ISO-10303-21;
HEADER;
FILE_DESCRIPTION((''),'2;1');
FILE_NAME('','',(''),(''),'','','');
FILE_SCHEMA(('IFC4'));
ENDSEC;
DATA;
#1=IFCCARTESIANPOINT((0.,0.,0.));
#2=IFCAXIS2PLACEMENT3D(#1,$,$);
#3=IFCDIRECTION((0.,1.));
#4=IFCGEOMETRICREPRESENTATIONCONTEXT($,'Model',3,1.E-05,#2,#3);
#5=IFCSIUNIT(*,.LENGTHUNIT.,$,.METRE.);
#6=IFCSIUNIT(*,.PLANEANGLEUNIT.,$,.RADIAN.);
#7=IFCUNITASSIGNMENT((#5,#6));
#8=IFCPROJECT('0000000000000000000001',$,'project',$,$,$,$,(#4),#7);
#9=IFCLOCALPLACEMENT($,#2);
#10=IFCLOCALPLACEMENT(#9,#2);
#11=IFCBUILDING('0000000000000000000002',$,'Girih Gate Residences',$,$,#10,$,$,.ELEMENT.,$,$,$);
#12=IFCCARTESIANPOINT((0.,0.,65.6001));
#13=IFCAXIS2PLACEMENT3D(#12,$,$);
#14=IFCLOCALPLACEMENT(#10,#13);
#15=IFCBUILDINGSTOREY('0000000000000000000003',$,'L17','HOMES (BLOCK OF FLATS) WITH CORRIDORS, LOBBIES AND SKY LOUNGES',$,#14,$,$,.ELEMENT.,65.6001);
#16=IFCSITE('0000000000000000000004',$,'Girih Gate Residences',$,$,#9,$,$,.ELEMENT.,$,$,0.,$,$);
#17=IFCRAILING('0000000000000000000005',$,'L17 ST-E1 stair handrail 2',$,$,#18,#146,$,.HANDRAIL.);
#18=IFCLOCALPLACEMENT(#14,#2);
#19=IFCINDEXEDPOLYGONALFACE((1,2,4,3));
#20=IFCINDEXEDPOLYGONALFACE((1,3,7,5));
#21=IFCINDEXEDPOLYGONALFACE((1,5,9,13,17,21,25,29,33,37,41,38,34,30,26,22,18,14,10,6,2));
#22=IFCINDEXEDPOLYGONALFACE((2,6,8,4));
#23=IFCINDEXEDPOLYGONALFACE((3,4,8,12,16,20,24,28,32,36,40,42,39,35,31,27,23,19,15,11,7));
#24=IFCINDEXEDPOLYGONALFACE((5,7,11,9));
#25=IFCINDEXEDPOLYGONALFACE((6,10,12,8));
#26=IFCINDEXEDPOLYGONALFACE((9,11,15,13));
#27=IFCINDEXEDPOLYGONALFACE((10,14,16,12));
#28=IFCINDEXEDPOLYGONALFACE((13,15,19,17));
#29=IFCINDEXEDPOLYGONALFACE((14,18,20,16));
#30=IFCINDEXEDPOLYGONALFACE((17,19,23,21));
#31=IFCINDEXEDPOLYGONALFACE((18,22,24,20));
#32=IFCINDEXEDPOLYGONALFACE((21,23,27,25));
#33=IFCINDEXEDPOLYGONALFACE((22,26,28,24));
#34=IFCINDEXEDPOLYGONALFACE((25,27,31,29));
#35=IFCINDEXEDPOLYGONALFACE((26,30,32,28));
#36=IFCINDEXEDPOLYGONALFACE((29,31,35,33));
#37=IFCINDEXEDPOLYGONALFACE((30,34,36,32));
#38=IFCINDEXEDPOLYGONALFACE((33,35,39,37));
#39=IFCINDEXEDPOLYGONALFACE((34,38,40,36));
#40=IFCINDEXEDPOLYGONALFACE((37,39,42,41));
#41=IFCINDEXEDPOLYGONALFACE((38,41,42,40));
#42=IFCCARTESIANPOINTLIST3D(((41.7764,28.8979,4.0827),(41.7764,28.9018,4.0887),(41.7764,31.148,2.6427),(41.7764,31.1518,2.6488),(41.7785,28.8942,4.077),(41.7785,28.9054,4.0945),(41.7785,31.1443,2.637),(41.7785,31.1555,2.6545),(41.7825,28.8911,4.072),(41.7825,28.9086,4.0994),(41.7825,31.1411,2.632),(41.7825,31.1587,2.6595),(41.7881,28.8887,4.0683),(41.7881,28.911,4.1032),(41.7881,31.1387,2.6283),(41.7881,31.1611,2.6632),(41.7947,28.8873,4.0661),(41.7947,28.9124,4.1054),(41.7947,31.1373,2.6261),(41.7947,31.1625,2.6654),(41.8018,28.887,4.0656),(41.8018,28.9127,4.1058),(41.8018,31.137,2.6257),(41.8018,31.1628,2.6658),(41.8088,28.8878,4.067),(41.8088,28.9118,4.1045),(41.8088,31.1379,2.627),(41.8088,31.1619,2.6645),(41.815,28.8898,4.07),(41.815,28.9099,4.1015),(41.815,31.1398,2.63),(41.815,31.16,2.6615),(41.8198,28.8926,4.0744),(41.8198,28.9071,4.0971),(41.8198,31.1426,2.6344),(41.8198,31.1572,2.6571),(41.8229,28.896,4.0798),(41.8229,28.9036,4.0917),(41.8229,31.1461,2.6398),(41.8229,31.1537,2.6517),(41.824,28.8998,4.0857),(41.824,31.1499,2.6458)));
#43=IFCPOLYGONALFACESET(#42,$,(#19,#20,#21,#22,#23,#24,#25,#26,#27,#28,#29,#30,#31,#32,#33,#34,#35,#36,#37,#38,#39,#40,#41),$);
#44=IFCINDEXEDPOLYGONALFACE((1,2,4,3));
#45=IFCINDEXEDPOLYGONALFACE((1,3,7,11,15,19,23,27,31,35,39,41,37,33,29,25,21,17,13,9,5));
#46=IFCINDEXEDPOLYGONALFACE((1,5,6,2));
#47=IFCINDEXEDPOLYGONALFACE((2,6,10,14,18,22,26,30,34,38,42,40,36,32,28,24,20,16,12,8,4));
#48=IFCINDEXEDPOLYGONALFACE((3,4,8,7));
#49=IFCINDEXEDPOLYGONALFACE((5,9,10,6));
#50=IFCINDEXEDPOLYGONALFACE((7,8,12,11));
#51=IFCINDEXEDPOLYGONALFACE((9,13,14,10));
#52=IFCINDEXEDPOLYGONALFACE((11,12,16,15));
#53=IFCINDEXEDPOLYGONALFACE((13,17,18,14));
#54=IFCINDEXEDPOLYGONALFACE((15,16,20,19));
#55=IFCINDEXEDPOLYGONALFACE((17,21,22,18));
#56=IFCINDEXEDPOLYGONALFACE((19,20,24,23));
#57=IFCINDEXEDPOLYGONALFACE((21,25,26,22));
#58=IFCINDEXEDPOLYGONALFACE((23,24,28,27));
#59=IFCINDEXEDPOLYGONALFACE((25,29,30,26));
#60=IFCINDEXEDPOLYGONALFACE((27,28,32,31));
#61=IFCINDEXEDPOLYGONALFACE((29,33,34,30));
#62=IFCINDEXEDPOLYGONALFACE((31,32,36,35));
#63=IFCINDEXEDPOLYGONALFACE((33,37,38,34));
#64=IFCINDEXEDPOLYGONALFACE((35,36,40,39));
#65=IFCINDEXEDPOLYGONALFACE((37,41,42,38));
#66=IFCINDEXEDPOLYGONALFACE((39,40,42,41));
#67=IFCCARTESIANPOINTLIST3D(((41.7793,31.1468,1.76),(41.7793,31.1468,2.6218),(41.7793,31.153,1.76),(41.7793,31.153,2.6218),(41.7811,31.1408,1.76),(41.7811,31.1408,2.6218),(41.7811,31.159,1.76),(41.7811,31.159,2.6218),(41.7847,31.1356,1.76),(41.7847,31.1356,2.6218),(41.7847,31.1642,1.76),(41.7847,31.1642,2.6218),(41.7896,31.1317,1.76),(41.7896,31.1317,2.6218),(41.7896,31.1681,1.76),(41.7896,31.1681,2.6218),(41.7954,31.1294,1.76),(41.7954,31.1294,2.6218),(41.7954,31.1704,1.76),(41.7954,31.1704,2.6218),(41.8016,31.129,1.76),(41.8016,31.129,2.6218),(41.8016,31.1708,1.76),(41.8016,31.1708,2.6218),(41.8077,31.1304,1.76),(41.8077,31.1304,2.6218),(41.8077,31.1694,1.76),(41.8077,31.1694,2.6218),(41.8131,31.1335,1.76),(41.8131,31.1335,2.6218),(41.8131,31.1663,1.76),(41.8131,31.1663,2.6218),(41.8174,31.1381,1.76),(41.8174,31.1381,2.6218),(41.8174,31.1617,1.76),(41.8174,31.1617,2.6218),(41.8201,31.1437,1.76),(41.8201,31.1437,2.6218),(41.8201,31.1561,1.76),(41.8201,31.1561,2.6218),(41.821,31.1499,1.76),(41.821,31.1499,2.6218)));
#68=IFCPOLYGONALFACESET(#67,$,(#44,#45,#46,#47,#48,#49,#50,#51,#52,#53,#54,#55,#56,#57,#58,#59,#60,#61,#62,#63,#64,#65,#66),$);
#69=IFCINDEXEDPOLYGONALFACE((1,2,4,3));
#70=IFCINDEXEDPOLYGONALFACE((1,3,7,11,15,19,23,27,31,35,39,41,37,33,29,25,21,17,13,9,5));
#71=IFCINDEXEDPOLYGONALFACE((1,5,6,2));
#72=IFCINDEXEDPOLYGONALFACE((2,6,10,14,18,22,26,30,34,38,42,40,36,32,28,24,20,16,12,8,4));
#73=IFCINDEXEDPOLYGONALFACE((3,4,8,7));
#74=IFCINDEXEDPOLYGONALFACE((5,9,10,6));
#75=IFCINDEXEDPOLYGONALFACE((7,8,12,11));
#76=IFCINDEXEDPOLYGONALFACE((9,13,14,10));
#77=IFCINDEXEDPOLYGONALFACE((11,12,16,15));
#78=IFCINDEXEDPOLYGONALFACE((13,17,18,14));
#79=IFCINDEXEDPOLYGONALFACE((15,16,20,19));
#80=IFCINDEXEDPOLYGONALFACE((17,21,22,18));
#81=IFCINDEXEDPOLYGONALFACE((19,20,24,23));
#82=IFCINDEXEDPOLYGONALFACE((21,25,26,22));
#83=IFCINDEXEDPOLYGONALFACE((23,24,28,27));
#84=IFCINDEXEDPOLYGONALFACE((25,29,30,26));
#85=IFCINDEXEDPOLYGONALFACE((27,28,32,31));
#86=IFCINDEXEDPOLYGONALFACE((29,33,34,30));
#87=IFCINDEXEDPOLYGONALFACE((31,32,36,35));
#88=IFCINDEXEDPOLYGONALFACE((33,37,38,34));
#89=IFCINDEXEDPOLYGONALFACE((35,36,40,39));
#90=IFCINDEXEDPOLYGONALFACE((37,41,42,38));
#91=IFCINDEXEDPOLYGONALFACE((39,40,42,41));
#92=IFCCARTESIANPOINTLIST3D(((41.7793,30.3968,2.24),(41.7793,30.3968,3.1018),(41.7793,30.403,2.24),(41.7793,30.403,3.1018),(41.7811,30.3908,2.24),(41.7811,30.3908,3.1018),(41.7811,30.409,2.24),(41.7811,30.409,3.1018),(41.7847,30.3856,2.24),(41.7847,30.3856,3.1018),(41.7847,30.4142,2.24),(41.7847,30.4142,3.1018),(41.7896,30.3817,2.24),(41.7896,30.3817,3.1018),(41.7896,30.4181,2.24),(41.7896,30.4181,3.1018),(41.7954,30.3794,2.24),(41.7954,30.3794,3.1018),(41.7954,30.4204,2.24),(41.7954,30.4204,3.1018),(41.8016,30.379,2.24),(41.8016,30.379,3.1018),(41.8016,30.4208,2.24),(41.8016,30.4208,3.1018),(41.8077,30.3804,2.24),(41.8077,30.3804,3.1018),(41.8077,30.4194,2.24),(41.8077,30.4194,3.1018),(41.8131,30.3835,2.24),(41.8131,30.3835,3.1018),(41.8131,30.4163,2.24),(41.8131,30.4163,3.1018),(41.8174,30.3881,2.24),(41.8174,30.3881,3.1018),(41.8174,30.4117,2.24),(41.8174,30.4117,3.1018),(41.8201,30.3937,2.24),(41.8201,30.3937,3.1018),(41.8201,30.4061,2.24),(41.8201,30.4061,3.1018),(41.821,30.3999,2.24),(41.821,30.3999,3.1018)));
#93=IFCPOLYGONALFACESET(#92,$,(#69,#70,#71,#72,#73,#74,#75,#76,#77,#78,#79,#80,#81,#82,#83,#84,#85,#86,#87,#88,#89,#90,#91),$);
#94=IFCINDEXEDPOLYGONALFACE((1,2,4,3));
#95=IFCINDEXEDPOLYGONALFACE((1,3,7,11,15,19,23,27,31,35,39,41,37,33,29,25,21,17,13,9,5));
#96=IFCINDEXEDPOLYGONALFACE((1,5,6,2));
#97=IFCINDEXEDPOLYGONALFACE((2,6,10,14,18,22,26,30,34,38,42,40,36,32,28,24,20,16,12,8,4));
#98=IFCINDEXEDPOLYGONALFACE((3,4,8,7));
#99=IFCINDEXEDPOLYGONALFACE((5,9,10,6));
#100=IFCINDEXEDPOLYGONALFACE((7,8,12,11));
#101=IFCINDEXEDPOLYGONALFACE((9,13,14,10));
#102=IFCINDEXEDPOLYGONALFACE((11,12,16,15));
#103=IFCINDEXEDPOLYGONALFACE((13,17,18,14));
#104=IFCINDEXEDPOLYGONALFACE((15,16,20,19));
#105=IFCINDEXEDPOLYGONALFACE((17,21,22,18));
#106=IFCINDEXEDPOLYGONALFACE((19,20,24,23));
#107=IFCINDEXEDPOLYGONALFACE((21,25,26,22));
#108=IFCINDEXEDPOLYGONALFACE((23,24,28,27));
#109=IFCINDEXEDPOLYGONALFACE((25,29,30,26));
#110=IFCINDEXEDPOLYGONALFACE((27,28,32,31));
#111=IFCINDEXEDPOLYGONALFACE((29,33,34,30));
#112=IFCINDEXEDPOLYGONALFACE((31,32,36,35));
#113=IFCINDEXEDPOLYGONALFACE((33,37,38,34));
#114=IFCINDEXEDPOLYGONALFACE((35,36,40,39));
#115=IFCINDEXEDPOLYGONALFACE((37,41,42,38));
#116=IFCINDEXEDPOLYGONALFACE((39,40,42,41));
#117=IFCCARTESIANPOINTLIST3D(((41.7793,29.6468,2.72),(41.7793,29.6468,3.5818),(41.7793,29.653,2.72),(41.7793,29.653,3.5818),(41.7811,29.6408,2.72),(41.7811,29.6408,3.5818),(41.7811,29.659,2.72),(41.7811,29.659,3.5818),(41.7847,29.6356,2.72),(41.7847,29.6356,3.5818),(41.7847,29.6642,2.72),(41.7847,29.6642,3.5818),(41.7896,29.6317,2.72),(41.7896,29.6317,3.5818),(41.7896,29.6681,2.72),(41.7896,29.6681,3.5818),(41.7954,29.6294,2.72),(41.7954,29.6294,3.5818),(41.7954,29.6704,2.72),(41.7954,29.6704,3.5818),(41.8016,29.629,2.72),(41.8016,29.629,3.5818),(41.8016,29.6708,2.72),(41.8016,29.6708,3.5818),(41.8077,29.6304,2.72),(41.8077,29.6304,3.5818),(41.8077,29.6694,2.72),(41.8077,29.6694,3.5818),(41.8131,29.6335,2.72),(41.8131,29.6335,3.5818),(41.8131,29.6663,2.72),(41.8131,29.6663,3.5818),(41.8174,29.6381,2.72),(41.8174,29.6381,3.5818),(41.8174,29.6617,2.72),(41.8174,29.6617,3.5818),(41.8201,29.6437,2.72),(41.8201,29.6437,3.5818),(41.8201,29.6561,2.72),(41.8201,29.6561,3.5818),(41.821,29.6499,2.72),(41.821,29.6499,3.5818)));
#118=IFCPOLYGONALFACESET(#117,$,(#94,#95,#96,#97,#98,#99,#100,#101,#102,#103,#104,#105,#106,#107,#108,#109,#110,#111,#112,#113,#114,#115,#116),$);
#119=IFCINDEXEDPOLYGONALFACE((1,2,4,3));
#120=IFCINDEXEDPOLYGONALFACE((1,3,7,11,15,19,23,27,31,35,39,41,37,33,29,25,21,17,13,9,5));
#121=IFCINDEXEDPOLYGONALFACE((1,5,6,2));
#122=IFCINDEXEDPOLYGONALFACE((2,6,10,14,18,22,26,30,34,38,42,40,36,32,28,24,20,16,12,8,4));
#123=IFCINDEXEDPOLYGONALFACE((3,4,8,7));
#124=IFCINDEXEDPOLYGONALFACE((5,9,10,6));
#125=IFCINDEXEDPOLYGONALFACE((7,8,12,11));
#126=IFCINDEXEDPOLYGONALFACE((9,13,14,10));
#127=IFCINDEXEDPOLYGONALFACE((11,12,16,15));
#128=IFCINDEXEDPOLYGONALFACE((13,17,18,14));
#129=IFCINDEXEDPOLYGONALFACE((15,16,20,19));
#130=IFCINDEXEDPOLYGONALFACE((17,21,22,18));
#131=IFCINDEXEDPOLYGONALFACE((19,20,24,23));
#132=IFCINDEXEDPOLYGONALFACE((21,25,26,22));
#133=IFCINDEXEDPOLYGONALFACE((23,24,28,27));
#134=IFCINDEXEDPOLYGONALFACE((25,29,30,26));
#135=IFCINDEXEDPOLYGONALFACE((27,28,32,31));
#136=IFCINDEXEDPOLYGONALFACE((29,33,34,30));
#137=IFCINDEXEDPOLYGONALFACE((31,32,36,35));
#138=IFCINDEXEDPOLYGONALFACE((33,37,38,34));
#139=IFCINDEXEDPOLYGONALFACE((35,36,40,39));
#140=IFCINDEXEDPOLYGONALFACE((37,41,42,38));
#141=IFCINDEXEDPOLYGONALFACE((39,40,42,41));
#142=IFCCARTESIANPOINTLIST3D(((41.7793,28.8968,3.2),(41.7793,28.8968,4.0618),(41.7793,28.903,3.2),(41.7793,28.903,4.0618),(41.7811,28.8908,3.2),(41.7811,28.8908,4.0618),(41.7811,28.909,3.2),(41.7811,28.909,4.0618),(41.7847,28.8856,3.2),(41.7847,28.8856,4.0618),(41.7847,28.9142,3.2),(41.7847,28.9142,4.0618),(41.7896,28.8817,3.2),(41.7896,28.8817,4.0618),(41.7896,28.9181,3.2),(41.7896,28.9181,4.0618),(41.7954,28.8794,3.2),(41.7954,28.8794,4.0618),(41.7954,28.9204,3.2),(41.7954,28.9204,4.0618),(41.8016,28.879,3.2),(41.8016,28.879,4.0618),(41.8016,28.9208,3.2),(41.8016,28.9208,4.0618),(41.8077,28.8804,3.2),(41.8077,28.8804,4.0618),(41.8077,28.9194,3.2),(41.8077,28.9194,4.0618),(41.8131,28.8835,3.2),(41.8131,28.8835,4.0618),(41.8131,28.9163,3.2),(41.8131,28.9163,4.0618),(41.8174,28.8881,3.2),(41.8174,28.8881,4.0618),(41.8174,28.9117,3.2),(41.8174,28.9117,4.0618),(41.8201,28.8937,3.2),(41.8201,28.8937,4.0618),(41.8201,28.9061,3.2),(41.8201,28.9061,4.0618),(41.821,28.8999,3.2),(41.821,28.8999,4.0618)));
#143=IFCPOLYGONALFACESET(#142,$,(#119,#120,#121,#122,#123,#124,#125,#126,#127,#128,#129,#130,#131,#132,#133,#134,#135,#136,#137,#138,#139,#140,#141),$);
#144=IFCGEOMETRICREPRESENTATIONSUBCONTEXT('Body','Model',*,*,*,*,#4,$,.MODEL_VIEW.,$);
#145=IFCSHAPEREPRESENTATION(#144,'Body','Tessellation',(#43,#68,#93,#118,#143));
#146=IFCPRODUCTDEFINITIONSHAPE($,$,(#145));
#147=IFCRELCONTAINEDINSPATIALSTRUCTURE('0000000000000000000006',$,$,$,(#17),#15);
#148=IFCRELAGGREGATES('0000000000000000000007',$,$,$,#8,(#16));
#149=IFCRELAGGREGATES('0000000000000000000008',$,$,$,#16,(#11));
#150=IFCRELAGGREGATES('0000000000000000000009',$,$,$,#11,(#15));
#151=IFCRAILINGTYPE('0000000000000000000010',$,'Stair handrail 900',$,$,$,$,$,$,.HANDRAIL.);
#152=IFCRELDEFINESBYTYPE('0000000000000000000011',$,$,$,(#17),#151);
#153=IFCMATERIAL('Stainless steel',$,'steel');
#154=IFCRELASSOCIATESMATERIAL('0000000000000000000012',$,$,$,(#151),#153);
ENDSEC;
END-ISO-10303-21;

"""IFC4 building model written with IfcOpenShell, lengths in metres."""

from ifc_helpers import new_model, si_unit, direction, frame, origin, origin_2d, place, context, subcontext, project, spatial, circle, extrude, material, type_object, element, save


model = new_model("IFC4")

# Units and contexts
model_context = context("Model", 3, precision=1e-05, world=origin(), true_north=direction((0.0, 1.0)))
body_context = subcontext(model_context, "Body", "Model", "MODEL_VIEW")
ifc_project = project(units=[si_unit("LENGTHUNIT", "METRE"), si_unit("PLANEANGLEUNIT", "RADIAN")], contexts=[model_context])

# Site, building, storey
site_placement = place(None, origin())
site = spatial("IfcSite", under=ifc_project, at=site_placement, Name="Girih Gate Residences", CompositionType="ELEMENT", RefElevation=0.0)
building_placement = place(site_placement, origin())
building = spatial("IfcBuilding", under=site, at=building_placement, Name="Girih Gate Residences", CompositionType="ELEMENT")
storey_placement = place(building_placement, frame((0.0, 0.0, 65.6001)))
storey = spatial("IfcBuildingStorey", under=building, at=storey_placement, Name="L17", Description="HOMES (BLOCK OF FLATS) WITH CORRIDORS, LOBBIES AND SKY LOUNGES", CompositionType="ELEMENT", Elevation=65.6001)

# Railing
ifc_material_1 = material(Name="Stainless steel", Category="steel")
railing_type_1 = type_object("IfcRailingType", Name="Stair handrail 900", PredefinedType="HANDRAIL", material=ifc_material_1)
railing_1_placement = place(storey_placement, frame((41.8, 31.1499, 1.76)))
element("IfcRailing", 1, at=railing_1_placement, inside=storey, type_object=railing_type_1, Name="L17 ST-E1 stair handrail 2", PredefinedType="HANDRAIL", context=body_context, shape_type="SweptSolid", body=[
    extrude(circle(Radius=0.0239, at=origin_2d()), frame((0.0, 0.0, 0.8857), z_axis=(0.0, -0.842281, 0.539038), x_axis=(1.0, 0.0, 0.0)), (0.0, 0.0, 1.0), 2.6714),
    extrude(circle(Radius=0.021, at=origin_2d()), origin(), (0.0, 0.0, 1.0), 0.8618),
    extrude(circle(Radius=0.021, at=origin_2d()), frame((0.0, -0.75, 0.48)), (0.0, 0.0, 1.0), 0.8618),
    extrude(circle(Radius=0.021, at=origin_2d()), frame((0.0, -1.5, 0.96)), (0.0, 0.0, 1.0), 0.8618),
    extrude(circle(Radius=0.021, at=origin_2d()), frame((0.0, -2.25, 1.4399)), (0.0, 0.0, 1.0), 0.8618),
])

save(model, "model.ifc")
